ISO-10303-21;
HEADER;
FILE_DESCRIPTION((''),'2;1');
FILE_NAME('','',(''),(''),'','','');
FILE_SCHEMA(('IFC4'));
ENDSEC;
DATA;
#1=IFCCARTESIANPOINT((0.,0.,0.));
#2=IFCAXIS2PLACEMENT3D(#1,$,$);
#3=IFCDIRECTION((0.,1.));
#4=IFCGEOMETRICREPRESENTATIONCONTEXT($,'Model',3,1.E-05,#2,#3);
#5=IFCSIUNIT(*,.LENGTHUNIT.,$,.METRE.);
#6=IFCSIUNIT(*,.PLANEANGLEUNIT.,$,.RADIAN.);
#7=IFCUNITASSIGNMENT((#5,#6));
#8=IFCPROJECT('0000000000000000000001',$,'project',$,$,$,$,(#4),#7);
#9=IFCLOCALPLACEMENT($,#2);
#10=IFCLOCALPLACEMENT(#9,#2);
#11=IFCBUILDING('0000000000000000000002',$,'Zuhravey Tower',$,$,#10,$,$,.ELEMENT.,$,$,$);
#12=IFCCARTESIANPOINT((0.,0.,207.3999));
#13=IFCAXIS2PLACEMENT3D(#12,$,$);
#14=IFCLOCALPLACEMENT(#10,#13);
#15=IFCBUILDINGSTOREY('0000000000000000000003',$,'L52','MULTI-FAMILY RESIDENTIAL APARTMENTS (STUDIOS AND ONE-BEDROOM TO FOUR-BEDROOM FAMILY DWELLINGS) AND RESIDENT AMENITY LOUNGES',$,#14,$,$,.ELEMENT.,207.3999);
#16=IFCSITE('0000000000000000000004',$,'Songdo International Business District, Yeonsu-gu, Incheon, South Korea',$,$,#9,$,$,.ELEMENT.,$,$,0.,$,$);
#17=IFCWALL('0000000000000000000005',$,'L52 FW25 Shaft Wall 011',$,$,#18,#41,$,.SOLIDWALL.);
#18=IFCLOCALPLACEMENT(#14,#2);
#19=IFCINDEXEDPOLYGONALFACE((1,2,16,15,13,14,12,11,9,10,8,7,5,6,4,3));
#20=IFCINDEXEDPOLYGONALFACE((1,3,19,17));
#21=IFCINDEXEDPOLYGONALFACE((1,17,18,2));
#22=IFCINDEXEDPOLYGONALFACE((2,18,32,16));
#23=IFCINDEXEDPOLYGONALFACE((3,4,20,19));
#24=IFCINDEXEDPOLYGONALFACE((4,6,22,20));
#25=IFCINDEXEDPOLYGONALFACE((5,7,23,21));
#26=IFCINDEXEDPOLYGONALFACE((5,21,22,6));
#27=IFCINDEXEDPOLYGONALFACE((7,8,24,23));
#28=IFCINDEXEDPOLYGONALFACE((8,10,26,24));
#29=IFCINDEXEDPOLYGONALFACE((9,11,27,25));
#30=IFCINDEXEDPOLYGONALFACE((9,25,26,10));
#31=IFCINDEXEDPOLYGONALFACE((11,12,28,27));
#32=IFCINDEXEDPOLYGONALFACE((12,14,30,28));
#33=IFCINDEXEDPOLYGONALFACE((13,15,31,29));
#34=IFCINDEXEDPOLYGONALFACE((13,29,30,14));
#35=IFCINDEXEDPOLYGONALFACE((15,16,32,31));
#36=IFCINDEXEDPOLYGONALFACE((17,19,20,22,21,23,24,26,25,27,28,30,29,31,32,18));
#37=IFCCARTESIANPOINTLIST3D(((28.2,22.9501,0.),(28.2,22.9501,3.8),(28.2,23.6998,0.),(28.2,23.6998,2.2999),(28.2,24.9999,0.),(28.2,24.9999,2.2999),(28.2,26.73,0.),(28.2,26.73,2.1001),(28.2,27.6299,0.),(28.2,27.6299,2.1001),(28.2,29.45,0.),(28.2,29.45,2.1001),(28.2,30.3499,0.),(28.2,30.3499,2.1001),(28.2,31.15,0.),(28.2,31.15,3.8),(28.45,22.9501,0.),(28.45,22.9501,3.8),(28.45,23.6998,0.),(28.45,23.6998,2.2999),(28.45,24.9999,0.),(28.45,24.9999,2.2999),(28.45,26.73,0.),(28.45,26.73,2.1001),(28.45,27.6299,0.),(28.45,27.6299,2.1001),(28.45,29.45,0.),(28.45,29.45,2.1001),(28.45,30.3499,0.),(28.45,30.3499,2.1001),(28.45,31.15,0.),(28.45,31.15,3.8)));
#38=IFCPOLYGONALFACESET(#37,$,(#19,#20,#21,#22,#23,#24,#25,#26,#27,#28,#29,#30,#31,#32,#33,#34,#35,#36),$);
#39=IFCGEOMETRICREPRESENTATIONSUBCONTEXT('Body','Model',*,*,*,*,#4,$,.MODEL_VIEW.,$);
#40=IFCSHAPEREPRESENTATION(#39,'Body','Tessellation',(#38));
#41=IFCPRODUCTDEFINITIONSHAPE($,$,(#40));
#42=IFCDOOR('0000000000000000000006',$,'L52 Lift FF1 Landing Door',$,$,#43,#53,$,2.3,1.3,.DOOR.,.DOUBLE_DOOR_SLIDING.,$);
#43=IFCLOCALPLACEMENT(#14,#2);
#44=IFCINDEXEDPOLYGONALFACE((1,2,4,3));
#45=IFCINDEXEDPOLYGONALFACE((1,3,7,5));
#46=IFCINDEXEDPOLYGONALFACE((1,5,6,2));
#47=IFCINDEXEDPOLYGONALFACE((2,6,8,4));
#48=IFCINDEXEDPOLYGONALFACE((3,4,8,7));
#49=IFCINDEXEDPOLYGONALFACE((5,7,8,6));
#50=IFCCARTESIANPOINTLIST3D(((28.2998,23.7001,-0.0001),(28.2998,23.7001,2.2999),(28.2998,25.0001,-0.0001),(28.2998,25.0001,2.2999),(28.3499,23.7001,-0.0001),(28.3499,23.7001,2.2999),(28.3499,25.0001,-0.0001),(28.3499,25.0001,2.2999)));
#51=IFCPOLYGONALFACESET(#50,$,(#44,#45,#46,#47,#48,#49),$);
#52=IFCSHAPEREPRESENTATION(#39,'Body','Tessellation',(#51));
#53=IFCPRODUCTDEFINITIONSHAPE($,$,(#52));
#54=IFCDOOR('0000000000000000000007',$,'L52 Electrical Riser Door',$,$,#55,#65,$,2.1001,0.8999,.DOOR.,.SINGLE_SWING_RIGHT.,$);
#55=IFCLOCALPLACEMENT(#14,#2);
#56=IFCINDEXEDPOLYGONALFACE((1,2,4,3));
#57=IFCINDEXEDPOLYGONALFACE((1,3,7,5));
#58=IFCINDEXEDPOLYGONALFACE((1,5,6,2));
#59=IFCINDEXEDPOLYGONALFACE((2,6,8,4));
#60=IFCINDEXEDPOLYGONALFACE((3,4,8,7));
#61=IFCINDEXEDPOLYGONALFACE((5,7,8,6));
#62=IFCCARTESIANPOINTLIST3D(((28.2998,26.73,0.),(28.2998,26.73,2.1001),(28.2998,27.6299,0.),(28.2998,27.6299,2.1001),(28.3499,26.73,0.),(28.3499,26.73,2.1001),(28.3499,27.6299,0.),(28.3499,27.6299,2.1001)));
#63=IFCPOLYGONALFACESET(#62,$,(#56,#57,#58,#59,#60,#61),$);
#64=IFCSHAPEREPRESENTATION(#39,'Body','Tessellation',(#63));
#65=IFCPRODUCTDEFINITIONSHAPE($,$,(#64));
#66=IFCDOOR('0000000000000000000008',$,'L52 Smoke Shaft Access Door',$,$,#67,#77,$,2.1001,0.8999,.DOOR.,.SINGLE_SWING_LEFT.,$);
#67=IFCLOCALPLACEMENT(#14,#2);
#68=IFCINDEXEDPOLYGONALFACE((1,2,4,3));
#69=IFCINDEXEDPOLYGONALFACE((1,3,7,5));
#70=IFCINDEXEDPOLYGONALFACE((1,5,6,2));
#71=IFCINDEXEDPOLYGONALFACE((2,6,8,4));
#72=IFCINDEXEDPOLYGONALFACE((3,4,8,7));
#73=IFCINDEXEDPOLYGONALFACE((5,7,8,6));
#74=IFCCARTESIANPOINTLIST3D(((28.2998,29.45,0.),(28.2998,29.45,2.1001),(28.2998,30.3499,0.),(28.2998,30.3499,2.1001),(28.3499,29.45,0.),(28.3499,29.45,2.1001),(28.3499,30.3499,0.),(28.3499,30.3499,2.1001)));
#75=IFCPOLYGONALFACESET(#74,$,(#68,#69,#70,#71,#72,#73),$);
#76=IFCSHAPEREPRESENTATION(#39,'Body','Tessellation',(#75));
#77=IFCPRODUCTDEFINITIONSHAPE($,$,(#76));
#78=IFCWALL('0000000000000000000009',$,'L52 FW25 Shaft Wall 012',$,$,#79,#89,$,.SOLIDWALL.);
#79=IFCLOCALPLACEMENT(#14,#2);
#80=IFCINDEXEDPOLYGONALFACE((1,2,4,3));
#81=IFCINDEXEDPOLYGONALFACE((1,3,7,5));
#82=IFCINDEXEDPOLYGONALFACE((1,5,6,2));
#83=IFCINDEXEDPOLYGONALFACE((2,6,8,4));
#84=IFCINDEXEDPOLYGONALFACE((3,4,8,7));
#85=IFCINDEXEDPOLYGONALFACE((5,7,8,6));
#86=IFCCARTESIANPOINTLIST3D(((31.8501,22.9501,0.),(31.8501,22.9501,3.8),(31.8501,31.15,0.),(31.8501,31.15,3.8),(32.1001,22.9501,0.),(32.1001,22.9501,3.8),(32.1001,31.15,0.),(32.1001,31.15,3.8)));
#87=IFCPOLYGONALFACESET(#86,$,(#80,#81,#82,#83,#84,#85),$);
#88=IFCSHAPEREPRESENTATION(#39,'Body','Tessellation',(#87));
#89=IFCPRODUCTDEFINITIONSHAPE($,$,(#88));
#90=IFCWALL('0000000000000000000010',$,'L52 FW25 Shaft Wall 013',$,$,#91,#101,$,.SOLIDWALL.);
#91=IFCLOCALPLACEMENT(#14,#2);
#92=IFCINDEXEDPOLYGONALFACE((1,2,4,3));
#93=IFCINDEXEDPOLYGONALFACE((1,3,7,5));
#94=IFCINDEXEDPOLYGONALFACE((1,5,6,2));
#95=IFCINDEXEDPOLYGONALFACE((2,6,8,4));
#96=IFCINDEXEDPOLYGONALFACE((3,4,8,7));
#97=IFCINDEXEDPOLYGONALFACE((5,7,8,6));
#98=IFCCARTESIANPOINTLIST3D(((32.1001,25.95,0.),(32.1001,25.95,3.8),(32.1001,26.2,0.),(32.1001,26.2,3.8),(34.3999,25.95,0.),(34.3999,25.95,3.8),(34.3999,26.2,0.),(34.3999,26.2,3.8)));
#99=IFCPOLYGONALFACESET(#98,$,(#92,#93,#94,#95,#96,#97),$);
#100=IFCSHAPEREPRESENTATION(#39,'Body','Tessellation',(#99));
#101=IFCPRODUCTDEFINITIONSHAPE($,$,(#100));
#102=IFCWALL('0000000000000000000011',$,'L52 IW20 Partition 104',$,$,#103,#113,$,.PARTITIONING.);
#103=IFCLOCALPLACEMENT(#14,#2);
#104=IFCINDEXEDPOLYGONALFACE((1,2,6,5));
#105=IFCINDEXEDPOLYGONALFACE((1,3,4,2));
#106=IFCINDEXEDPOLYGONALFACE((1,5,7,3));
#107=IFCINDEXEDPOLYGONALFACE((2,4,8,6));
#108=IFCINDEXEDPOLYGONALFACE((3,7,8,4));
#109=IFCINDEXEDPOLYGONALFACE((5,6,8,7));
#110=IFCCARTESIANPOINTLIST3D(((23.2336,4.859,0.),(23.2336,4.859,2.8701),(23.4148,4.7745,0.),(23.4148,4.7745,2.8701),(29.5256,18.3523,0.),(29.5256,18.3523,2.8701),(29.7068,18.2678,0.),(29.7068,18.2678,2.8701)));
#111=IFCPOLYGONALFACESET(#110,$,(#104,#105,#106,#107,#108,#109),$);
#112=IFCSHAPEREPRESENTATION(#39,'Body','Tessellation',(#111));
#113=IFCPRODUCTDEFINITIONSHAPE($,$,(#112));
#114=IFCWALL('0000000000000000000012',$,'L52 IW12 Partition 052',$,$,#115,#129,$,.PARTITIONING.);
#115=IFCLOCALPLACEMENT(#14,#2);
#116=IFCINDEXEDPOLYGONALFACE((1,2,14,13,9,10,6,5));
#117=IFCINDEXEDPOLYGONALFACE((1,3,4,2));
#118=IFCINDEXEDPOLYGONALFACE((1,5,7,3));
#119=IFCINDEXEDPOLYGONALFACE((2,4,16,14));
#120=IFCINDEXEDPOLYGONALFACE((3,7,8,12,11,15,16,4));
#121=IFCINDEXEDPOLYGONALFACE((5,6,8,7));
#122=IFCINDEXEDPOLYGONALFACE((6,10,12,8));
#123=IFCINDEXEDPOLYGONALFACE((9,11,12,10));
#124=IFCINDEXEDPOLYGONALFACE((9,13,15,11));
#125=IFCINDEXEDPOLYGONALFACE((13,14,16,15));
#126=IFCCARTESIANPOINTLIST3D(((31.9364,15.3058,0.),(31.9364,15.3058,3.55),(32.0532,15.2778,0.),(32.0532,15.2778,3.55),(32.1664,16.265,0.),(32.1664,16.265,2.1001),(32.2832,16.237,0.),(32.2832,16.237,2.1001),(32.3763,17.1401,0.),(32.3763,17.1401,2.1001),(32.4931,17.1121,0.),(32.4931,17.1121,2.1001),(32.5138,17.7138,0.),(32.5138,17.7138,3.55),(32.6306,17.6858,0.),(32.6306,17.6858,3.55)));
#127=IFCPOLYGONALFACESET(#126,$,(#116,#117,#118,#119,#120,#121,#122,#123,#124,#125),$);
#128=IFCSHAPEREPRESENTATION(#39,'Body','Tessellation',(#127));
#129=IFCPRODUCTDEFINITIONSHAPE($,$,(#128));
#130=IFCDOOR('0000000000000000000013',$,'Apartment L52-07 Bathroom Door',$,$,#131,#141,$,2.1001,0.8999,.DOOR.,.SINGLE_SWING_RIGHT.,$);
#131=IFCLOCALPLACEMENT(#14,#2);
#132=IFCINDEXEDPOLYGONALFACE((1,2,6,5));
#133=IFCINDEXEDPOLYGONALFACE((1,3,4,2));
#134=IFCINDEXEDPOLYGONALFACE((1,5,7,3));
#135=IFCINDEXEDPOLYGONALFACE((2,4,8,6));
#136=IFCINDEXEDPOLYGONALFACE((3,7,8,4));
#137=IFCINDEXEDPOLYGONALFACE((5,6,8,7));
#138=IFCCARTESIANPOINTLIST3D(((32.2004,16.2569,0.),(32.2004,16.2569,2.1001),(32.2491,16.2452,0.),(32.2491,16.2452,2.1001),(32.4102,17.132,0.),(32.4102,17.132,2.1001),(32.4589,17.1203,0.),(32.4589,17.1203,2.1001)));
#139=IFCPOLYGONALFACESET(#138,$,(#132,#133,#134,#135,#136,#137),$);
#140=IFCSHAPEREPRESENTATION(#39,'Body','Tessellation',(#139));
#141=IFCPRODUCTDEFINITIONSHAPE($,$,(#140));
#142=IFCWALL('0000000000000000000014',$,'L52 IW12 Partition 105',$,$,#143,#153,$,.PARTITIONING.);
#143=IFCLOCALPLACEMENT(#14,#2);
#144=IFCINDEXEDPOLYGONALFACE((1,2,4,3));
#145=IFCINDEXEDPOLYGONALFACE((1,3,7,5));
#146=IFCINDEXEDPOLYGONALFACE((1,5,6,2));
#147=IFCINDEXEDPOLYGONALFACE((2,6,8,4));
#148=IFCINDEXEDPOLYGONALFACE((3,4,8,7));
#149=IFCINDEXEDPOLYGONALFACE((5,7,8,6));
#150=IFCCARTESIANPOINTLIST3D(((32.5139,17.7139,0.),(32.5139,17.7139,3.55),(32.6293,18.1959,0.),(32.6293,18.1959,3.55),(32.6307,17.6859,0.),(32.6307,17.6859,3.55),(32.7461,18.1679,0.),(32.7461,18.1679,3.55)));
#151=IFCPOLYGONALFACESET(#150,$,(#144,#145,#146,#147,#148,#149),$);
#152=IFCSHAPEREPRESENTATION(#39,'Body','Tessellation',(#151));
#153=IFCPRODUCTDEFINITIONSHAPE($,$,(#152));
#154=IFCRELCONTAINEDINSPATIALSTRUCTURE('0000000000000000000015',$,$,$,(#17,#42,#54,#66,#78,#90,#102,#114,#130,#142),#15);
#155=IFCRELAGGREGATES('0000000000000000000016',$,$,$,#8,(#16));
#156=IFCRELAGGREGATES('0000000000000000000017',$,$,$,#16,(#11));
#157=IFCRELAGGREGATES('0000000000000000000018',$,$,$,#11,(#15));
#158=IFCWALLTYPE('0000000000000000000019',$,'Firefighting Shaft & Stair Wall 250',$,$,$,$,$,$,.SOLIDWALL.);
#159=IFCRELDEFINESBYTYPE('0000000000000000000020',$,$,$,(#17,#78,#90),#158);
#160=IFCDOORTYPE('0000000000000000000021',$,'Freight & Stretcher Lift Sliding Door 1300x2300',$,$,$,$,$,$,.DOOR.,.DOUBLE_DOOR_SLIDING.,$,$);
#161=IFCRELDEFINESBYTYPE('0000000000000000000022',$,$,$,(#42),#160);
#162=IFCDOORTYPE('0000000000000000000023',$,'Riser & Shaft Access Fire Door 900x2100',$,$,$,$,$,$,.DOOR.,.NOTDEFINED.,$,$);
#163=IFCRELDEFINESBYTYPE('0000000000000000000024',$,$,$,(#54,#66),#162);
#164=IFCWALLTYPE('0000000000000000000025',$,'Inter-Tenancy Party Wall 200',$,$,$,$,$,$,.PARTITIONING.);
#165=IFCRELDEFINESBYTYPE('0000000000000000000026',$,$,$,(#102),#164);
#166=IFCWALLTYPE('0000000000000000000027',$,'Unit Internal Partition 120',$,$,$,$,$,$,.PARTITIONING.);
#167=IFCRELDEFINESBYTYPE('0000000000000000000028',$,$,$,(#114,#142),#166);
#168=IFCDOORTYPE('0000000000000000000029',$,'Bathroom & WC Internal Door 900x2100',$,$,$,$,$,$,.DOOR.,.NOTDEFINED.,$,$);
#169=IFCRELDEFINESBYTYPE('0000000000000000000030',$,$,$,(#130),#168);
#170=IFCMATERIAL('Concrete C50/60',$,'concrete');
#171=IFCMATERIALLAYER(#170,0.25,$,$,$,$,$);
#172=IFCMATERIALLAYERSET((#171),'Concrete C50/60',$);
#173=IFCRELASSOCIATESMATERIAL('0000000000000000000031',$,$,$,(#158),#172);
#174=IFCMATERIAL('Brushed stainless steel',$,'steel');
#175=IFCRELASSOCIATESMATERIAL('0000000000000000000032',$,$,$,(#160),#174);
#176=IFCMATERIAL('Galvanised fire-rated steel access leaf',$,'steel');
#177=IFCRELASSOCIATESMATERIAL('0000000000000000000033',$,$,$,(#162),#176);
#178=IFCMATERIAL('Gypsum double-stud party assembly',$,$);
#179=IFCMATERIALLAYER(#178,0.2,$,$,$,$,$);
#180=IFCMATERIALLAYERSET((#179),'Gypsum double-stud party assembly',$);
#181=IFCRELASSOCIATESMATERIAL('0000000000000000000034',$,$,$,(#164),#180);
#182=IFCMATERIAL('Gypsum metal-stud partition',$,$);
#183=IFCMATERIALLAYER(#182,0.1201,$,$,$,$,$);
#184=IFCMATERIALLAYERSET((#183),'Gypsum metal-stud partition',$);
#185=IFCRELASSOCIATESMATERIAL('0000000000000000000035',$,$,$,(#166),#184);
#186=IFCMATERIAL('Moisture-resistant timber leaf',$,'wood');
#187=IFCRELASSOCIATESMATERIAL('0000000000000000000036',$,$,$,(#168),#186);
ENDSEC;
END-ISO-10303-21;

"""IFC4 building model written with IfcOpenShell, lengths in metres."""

from ifc_helpers import new_model, si_unit, direction, frame, frame_2d, origin, place, context, subcontext, project, spatial, rectangle, extrude, material, layer, layer_set, type_object, element, fill, save


model = new_model("IFC4")

# Units and contexts
model_context = context("Model", 3, precision=1e-05, world=origin(), true_north=direction((0.0, 1.0)))
body_context = subcontext(model_context, "Body", "Model", "MODEL_VIEW")
ifc_project = project(units=[si_unit("LENGTHUNIT", "METRE"), si_unit("PLANEANGLEUNIT", "RADIAN")], contexts=[model_context])

# Site, building, storey
site_placement = place(None, origin())
site = spatial("IfcSite", under=ifc_project, at=site_placement, Name="Songdo International Business District, Yeonsu-gu, Incheon, South Korea", CompositionType="ELEMENT", RefElevation=0.0)
building_placement = place(site_placement, origin())
building = spatial("IfcBuilding", under=site, at=building_placement, Name="Zuhravey Tower", CompositionType="ELEMENT")
storey_placement = place(building_placement, frame((0.0, 0.0, 207.3999)))
storey = spatial("IfcBuildingStorey", under=building, at=storey_placement, Name="L52", Description="MULTI-FAMILY RESIDENTIAL APARTMENTS (STUDIOS AND ONE-BEDROOM TO FOUR-BEDROOM FAMILY DWELLINGS) AND RESIDENT AMENITY LOUNGES", CompositionType="ELEMENT", Elevation=207.3999)

# Shared definitions
ifc_material_1 = material(Name="Concrete C50/60", Category="concrete")
ifc_layer_1 = layer(ifc_material_1, 0.25)
ifc_layer_set_1 = layer_set([ifc_layer_1], Name="Concrete C50/60")
wall_type_1 = type_object("IfcWallType", Name="Firefighting Shaft & Stair Wall 250", PredefinedType="SOLIDWALL", material=ifc_layer_set_1)

# Wall, openings, doors
wall_1_placement = place(storey_placement, frame((28.325, 22.95, 0.0), z_axis=(0.0, 0.0, 1.0), x_axis=(0.0, 1.0, 0.0)))
wall_1 = element("IfcWall", 1, at=wall_1_placement, inside=storey, type_object=wall_type_1, Name="L52 FW25 Shaft Wall 011", PredefinedType="SOLIDWALL", context=body_context, shape_type="SweptSolid", body=[
    extrude(rectangle(XDim=8.2, YDim=0.25, at=frame_2d((4.1001, 0.0))), origin(), (0.0, 0.0, 1.0), 3.8),
])
opening_1_placement = place(wall_1_placement, frame((0.75, 0.0, 0.0)))
opening_1 = element("IfcOpeningElement", 2, at=opening_1_placement, cuts=wall_1, PredefinedType="OPENING", context=body_context, shape_type="SweptSolid", body=[
    extrude(rectangle(XDim=1.3, YDim=2.3, at=frame_2d((0.6499, 1.1499))), frame((0.0, 0.137, 0.0), z_axis=(0.0, -1.0, 0.0), x_axis=(1.0, 0.0, 0.0)), (0.0, 0.0, 1.0), 0.2739),
])
opening_2_placement = place(wall_1_placement, frame((3.78, 0.0, 0.0)))
opening_2 = element("IfcOpeningElement", 3, at=opening_2_placement, cuts=wall_1, PredefinedType="OPENING", context=body_context, shape_type="SweptSolid", body=[
    extrude(rectangle(XDim=0.8999, YDim=2.1001, at=frame_2d((0.45, 1.05))), frame((0.0, 0.137, 0.0), z_axis=(0.0, -1.0, 0.0), x_axis=(1.0, 0.0, 0.0)), (0.0, 0.0, 1.0), 0.2739),
])
opening_3_placement = place(wall_1_placement, frame((6.5, 0.0, 0.0)))
opening_3 = element("IfcOpeningElement", 4, at=opening_3_placement, cuts=wall_1, PredefinedType="OPENING", context=body_context, shape_type="SweptSolid", body=[
    extrude(rectangle(XDim=0.8999, YDim=2.1001, at=frame_2d((0.45, 1.05))), frame((0.0, 0.137, 0.0), z_axis=(0.0, -1.0, 0.0), x_axis=(1.0, 0.0, 0.0)), (0.0, 0.0, 1.0), 0.2739),
])
ifc_material_2 = material(Name="Brushed stainless steel", Category="steel")
door_type_1 = type_object("IfcDoorType", Name="Freight & Stretcher Lift Sliding Door 1300x2300", OperationType="DOUBLE_DOOR_SLIDING", PredefinedType="DOOR", material=ifc_material_2)
door_1_placement = place(opening_1_placement, frame((1.3, 0.0, 0.0), z_axis=(0.0, 0.0, 1.0), x_axis=(-1.0, 0.0, 0.0)))
door_1 = element("IfcDoor", 5, at=door_1_placement, inside=storey, type_object=door_type_1, Name="L52 Lift FF1 Landing Door", OperationType="DOUBLE_DOOR_SLIDING", OverallHeight=2.3, OverallWidth=1.3, PredefinedType="DOOR", context=body_context, shape_type="SweptSolid", body=[
    extrude(rectangle(XDim=1.3, YDim=2.3, at=frame_2d((0.6499, 1.1499))), frame((0.0, 0.0249, 0.0), z_axis=(0.0, -1.0, 0.0), x_axis=(1.0, 0.0, 0.0)), (0.0, 0.0, 1.0), 0.05),
])
fill(opening_1, door_1)
ifc_material_3 = material(Name="Galvanised fire-rated steel access leaf", Category="steel")
door_type_2 = type_object("IfcDoorType", Name="Riser & Shaft Access Fire Door 900x2100", OperationType="NOTDEFINED", PredefinedType="DOOR", material=ifc_material_3)
door_2_placement = place(opening_2_placement, frame((0.8999, 0.0, 0.0), z_axis=(0.0, 0.0, 1.0), x_axis=(-1.0, 0.0, 0.0)))
door_2 = element("IfcDoor", 6, at=door_2_placement, inside=storey, type_object=door_type_2, Name="L52 Electrical Riser Door", OperationType="SINGLE_SWING_RIGHT", OverallHeight=2.1001, OverallWidth=0.8999, PredefinedType="DOOR", context=body_context, shape_type="SweptSolid", body=[
    extrude(rectangle(XDim=0.8999, YDim=2.1001, at=frame_2d((0.45, 1.05))), frame((0.0, 0.0249, 0.0), z_axis=(0.0, -1.0, 0.0), x_axis=(1.0, 0.0, 0.0)), (0.0, 0.0, 1.0), 0.05),
])
fill(opening_2, door_2)
door_3_placement = place(opening_3_placement, frame((0.8999, 0.0, 0.0), z_axis=(0.0, 0.0, 1.0), x_axis=(-1.0, 0.0, 0.0)))
door_3 = element("IfcDoor", 7, at=door_3_placement, inside=storey, type_object=door_type_2, Name="L52 Smoke Shaft Access Door", OperationType="SINGLE_SWING_LEFT", OverallHeight=2.1001, OverallWidth=0.8999, PredefinedType="DOOR", context=body_context, shape_type="SweptSolid", body=[
    extrude(rectangle(XDim=0.8999, YDim=2.1001, at=frame_2d((0.45, 1.05))), frame((0.0, 0.0249, 0.0), z_axis=(0.0, -1.0, 0.0), x_axis=(1.0, 0.0, 0.0)), (0.0, 0.0, 1.0), 0.05),
])
fill(opening_3, door_3)

# Walls
wall_2_placement = place(storey_placement, frame((31.9751, 22.95, 0.0), z_axis=(0.0, 0.0, 1.0), x_axis=(0.0, 1.0, 0.0)))
element("IfcWall", 8, at=wall_2_placement, inside=storey, type_object=wall_type_1, Name="L52 FW25 Shaft Wall 012", PredefinedType="SOLIDWALL", context=body_context, shape_type="SweptSolid", body=[
    extrude(rectangle(XDim=8.2, YDim=0.25, at=frame_2d((4.1001, 0.0))), origin(), (0.0, 0.0, 1.0), 3.8),
])
wall_3_placement = place(storey_placement, frame((32.1001, 26.075, 0.0), z_axis=(0.0, 0.0, 1.0), x_axis=(1.0, 0.0, 0.0)))
element("IfcWall", 9, at=wall_3_placement, inside=storey, type_object=wall_type_1, Name="L52 FW25 Shaft Wall 013", PredefinedType="SOLIDWALL", context=body_context, shape_type="SweptSolid", body=[
    extrude(rectangle(XDim=2.2998, YDim=0.25, at=frame_2d((1.1499, 0.0))), origin(), (0.0, 0.0, 1.0), 3.8),
])
ifc_material_4 = material(Name="Gypsum double-stud party assembly")
ifc_layer_2 = layer(ifc_material_4, 0.2)
ifc_layer_set_2 = layer_set([ifc_layer_2], Name="Gypsum double-stud party assembly")
wall_type_2 = type_object("IfcWallType", Name="Inter-Tenancy Party Wall 200", PredefinedType="PARTITIONING", material=ifc_layer_set_2)
wall_4_placement = place(storey_placement, frame((29.6162, 18.3101, 0.0), z_axis=(0.0, 0.0, 1.0), x_axis=(-0.42262, -0.906307, 0.0)))
element("IfcWall", 10, at=wall_4_placement, inside=storey, type_object=wall_type_2, Name="L52 IW20 Partition 104", PredefinedType="PARTITIONING", context=body_context, shape_type="SweptSolid", body=[
    extrude(rectangle(XDim=14.8882, YDim=0.2, at=frame_2d((7.4441, 0.0))), origin(), (0.0, 0.0, 1.0), 2.8701),
])

# Wall, opening, door
ifc_material_5 = material(Name="Gypsum metal-stud partition")
ifc_layer_3 = layer(ifc_material_5, 0.1201)
ifc_layer_set_3 = layer_set([ifc_layer_3], Name="Gypsum metal-stud partition")
wall_type_3 = type_object("IfcWallType", Name="Unit Internal Partition 120", PredefinedType="PARTITIONING", material=ifc_layer_set_3)
wall_5_placement = place(storey_placement, frame((32.5723, 17.7, 0.0), z_axis=(0.0, 0.0, 1.0), x_axis=(-0.233175, -0.972435, 0.0)))
wall_5 = element("IfcWall", 11, at=wall_5_placement, inside=storey, type_object=wall_type_3, Name="L52 IW12 Partition 052", PredefinedType="PARTITIONING", context=body_context, shape_type="SweptSolid", body=[
    extrude(rectangle(XDim=2.4763, YDim=0.1201, at=frame_2d((1.2383, 0.0))), origin(), (0.0, 0.0, 1.0), 3.55),
])
opening_4_placement = place(wall_5_placement, frame((0.5901, 0.0, 0.0)))
opening_4 = element("IfcOpeningElement", 12, at=opening_4_placement, cuts=wall_5, PredefinedType="OPENING", context=body_context, shape_type="SweptSolid", body=[
    extrude(rectangle(XDim=0.8999, YDim=2.1001, at=frame_2d((0.45, 1.05))), frame((0.0, 0.072, 0.0), z_axis=(0.0, -1.0, 0.0), x_axis=(1.0, 0.0, 0.0)), (0.0, 0.0, 1.0), 0.144),
])
ifc_material_6 = material(Name="Moisture-resistant timber leaf", Category="wood")
door_type_3 = type_object("IfcDoorType", Name="Bathroom & WC Internal Door 900x2100", OperationType="NOTDEFINED", PredefinedType="DOOR", material=ifc_material_6)
door_4_placement = place(opening_4_placement, origin())
door_4 = element("IfcDoor", 13, at=door_4_placement, inside=storey, type_object=door_type_3, Name="Apartment L52-07 Bathroom Door", OperationType="SINGLE_SWING_RIGHT", OverallHeight=2.1001, OverallWidth=0.8999, PredefinedType="DOOR", context=body_context, shape_type="SweptSolid", body=[
    extrude(rectangle(XDim=0.8999, YDim=2.1001, at=frame_2d((0.45, 1.05))), frame((0.0, 0.0249, 0.0), z_axis=(0.0, -1.0, 0.0), x_axis=(1.0, 0.0, 0.0)), (0.0, 0.0, 1.0), 0.05),
])
fill(opening_4, door_4)

# Wall
wall_6_placement = place(storey_placement, frame((32.6877, 18.1819, 0.0), z_axis=(0.0, 0.0, 1.0), x_axis=(-0.233019, -0.972472, 0.0)))
element("IfcWall", 14, at=wall_6_placement, inside=storey, type_object=wall_type_3, Name="L52 IW12 Partition 105", PredefinedType="PARTITIONING", context=body_context, shape_type="SweptSolid", body=[
    extrude(rectangle(XDim=0.4956, YDim=0.1201, at=frame_2d((0.2478, 0.0))), origin(), (0.0, 0.0, 1.0), 3.55),
])

save(model, "model.ifc")
